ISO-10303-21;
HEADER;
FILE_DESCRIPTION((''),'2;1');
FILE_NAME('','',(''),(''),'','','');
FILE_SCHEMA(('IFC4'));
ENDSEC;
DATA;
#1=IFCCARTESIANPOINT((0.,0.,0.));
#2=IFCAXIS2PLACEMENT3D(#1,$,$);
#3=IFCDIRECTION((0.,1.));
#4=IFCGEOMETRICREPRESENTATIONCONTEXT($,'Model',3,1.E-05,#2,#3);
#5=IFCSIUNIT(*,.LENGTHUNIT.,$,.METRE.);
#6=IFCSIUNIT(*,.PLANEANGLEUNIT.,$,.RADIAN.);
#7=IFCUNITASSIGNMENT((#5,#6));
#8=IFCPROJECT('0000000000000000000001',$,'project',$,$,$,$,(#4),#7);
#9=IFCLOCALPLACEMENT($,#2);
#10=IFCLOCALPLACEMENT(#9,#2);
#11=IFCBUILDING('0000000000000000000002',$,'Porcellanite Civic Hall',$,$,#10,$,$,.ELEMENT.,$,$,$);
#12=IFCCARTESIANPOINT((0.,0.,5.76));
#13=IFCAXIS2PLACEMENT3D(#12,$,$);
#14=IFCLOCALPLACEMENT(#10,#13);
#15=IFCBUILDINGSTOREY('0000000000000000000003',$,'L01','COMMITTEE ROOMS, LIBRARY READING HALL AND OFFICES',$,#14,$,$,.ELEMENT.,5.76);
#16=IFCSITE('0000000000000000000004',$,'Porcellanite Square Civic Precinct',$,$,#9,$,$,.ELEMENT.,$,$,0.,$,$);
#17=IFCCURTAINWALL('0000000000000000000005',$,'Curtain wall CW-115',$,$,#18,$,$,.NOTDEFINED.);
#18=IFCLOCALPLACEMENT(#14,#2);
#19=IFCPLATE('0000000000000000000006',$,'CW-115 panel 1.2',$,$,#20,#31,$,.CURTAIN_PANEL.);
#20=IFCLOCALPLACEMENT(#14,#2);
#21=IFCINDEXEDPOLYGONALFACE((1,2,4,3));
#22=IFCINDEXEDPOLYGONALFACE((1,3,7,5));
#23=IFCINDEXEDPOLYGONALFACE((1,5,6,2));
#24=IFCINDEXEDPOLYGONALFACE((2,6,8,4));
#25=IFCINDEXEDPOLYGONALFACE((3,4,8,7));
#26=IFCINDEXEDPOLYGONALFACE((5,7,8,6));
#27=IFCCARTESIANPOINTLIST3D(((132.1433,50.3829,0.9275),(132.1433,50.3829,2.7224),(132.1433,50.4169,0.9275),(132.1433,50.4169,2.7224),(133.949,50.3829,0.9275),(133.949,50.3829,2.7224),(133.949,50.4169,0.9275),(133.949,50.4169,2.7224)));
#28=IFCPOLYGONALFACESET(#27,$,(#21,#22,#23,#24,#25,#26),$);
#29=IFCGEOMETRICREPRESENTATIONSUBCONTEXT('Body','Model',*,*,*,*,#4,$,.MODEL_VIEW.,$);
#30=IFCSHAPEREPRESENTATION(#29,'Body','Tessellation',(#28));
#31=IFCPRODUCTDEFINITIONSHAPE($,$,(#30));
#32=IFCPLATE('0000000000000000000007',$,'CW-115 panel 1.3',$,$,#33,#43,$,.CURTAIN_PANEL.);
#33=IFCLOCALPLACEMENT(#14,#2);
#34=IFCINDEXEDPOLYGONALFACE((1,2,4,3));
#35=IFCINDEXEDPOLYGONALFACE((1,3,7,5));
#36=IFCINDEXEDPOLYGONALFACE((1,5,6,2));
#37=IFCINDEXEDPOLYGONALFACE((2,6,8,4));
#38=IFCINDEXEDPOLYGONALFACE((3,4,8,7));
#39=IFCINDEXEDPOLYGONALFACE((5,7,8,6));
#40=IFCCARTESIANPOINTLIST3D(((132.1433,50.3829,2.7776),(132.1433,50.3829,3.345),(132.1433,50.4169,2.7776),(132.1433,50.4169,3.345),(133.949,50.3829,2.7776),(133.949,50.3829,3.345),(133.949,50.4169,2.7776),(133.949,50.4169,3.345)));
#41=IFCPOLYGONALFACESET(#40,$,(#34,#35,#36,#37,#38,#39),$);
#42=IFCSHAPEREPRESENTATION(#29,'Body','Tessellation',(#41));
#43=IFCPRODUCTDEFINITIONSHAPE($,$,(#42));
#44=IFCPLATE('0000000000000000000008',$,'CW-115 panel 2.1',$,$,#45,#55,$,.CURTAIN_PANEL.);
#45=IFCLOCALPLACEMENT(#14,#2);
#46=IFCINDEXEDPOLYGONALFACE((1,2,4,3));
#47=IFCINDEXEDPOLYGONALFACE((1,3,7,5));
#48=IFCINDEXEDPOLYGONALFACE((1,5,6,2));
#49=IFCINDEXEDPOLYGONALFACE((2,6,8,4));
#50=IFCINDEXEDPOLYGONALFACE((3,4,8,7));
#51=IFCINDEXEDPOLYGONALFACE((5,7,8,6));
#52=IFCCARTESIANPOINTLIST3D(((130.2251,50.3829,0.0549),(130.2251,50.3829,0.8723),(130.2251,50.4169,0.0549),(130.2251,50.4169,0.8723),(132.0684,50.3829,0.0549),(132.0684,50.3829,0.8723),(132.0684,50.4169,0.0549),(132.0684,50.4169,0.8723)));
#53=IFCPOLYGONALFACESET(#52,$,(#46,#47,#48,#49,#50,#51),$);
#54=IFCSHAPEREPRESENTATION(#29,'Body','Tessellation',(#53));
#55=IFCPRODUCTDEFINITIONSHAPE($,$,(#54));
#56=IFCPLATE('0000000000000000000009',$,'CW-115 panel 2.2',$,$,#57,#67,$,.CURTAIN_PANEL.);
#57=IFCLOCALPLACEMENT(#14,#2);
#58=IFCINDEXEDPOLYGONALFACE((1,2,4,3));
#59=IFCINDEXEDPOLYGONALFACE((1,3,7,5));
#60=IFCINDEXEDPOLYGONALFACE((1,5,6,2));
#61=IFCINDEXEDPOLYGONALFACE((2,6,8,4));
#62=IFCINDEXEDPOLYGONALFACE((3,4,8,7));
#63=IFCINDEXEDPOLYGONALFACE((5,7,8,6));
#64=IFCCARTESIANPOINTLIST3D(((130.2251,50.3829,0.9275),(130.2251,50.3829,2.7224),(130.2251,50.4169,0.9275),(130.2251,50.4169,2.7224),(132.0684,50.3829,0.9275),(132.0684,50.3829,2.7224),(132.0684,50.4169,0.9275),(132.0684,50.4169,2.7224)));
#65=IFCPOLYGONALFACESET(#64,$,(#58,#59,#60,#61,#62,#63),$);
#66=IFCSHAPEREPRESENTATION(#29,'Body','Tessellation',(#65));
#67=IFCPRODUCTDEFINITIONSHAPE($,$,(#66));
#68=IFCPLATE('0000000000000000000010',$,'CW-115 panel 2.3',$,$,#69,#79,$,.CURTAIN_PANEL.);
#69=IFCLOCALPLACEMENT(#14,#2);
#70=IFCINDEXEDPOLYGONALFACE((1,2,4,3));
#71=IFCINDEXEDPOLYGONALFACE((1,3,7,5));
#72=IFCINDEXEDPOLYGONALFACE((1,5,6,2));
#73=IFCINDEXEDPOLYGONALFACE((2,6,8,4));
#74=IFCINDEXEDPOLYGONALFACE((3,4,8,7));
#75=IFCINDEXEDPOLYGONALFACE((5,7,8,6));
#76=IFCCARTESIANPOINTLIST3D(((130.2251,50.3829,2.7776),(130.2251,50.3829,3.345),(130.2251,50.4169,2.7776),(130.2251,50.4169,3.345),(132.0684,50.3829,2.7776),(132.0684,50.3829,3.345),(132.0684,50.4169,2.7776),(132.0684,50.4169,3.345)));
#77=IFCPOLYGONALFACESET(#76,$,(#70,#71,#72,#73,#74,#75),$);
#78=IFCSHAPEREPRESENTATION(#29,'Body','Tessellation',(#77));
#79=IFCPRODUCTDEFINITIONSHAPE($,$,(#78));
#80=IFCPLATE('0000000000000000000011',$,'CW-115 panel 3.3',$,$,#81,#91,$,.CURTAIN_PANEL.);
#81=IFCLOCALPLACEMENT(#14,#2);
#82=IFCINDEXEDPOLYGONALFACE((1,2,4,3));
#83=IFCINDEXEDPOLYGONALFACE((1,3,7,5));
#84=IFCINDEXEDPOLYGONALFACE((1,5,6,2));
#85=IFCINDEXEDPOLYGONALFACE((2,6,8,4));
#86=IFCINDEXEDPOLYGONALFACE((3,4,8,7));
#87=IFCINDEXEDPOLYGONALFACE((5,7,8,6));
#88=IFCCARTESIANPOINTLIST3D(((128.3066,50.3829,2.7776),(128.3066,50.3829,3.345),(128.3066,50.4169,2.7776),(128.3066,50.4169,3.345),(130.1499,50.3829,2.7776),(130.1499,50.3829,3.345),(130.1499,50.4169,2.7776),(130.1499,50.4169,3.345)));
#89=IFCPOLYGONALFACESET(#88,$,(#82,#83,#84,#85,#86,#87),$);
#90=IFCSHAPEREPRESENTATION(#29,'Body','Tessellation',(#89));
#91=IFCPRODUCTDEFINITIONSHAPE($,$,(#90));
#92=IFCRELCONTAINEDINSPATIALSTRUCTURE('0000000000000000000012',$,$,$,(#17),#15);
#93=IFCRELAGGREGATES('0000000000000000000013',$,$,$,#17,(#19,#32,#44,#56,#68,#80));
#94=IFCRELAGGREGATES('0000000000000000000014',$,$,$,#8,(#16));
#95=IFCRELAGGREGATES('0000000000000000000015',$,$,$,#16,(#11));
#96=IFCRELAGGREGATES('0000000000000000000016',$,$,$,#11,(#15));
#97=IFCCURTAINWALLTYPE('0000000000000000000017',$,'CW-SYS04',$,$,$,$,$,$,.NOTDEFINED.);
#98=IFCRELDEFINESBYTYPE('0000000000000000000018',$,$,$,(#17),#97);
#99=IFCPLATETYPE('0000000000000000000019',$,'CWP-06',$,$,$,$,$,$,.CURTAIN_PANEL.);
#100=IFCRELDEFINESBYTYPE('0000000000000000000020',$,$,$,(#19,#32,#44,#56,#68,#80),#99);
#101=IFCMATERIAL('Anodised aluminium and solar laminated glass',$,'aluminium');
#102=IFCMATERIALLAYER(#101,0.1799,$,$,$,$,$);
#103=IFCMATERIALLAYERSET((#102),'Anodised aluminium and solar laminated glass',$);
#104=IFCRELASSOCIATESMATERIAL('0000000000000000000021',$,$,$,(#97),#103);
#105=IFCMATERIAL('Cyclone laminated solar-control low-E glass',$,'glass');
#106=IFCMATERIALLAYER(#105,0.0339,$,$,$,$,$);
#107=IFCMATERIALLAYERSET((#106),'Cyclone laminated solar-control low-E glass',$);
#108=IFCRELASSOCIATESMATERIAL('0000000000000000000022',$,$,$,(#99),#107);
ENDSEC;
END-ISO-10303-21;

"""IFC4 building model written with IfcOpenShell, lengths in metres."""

from ifc_helpers import new_model, si_unit, direction, frame, origin, origin_2d, place, context, subcontext, project, spatial, rectangle, extrude, material, layer, layer_set, type_object, element, aggregate, save


model = new_model("IFC4")

# Units and contexts
model_context = context("Model", 3, precision=1e-05, world=origin(), true_north=direction((0.0, 1.0)))
body_context = subcontext(model_context, "Body", "Model", "MODEL_VIEW")
ifc_project = project(units=[si_unit("LENGTHUNIT", "METRE"), si_unit("PLANEANGLEUNIT", "RADIAN")], contexts=[model_context])

# Site, building, storey
site_placement = place(None, origin())
site = spatial("IfcSite", under=ifc_project, at=site_placement, Name="Porcellanite Square Civic Precinct", CompositionType="ELEMENT", RefElevation=0.0)
building_placement = place(site_placement, origin())
building = spatial("IfcBuilding", under=site, at=building_placement, Name="Porcellanite Civic Hall", CompositionType="ELEMENT")
storey_placement = place(building_placement, frame((0.0, 0.0, 5.76)))
storey = spatial("IfcBuildingStorey", under=building, at=storey_placement, Name="L01", Description="COMMITTEE ROOMS, LIBRARY READING HALL AND OFFICES", CompositionType="ELEMENT", Elevation=5.76)

# Curtain wall
ifc_material_1 = material(Name="Anodised aluminium and solar laminated glass", Category="aluminium")
ifc_layer_1 = layer(ifc_material_1, 0.1799)
ifc_layer_set_1 = layer_set([ifc_layer_1], Name="Anodised aluminium and solar laminated glass")
curtain_wall_type_1 = type_object("IfcCurtainWallType", Name="CW-SYS04", PredefinedType="NOTDEFINED", material=ifc_layer_set_1)
curtain_wall_1_placement = place(storey_placement, origin())
curtain_wall_1 = element("IfcCurtainWall", 1, at=curtain_wall_1_placement, inside=storey, type_object=curtain_wall_type_1, Name="Curtain wall CW-115", PredefinedType="NOTDEFINED")

# Plates
ifc_material_2 = material(Name="Cyclone laminated solar-control low-E glass", Category="glass")
ifc_layer_2 = layer(ifc_material_2, 0.0339)
ifc_layer_set_2 = layer_set([ifc_layer_2], Name="Cyclone laminated solar-control low-E glass")
plate_type_1 = type_object("IfcPlateType", Name="CWP-06", PredefinedType="CURTAIN_PANEL", material=ifc_layer_set_2)
plate_1_placement = place(storey_placement, frame((133.0461, 50.3999, 0.9275), z_axis=(0.0, 0.0, 1.0), x_axis=(-1.0, 0.0, 0.0)))
plate_1 = element("IfcPlate", 2, at=plate_1_placement, type_object=plate_type_1, Name="CW-115 panel 1.2", PredefinedType="CURTAIN_PANEL", context=body_context, shape_type="SweptSolid", body=[
    extrude(rectangle(XDim=1.8057, YDim=0.0339, at=origin_2d()), origin(), (0.0, 0.0, 1.0), 1.7949),
])
plate_2_placement = place(storey_placement, frame((133.0461, 50.3999, 2.7776), z_axis=(0.0, 0.0, 1.0), x_axis=(-1.0, 0.0, 0.0)))
plate_2 = element("IfcPlate", 3, at=plate_2_placement, type_object=plate_type_1, Name="CW-115 panel 1.3", PredefinedType="CURTAIN_PANEL", context=body_context, shape_type="SweptSolid", body=[
    extrude(rectangle(XDim=1.8057, YDim=0.0339, at=origin_2d()), origin(), (0.0, 0.0, 1.0), 0.5674),
])
plate_3_placement = place(storey_placement, frame((131.1467, 50.3999, 0.0549), z_axis=(0.0, 0.0, 1.0), x_axis=(-1.0, 0.0, 0.0)))
plate_3 = element("IfcPlate", 4, at=plate_3_placement, type_object=plate_type_1, Name="CW-115 panel 2.1", PredefinedType="CURTAIN_PANEL", context=body_context, shape_type="SweptSolid", body=[
    extrude(rectangle(XDim=1.8433, YDim=0.0339, at=origin_2d()), origin(), (0.0, 0.0, 1.0), 0.8174),
])
plate_4_placement = place(storey_placement, frame((131.1467, 50.3999, 0.9275), z_axis=(0.0, 0.0, 1.0), x_axis=(-1.0, 0.0, 0.0)))
plate_4 = element("IfcPlate", 5, at=plate_4_placement, type_object=plate_type_1, Name="CW-115 panel 2.2", PredefinedType="CURTAIN_PANEL", context=body_context, shape_type="SweptSolid", body=[
    extrude(rectangle(XDim=1.8433, YDim=0.0339, at=origin_2d()), origin(), (0.0, 0.0, 1.0), 1.7949),
])
plate_5_placement = place(storey_placement, frame((131.1467, 50.3999, 2.7776), z_axis=(0.0, 0.0, 1.0), x_axis=(-1.0, 0.0, 0.0)))
plate_5 = element("IfcPlate", 6, at=plate_5_placement, type_object=plate_type_1, Name="CW-115 panel 2.3", PredefinedType="CURTAIN_PANEL", context=body_context, shape_type="SweptSolid", body=[
    extrude(rectangle(XDim=1.8433, YDim=0.0339, at=origin_2d()), origin(), (0.0, 0.0, 1.0), 0.5674),
])
plate_6_placement = place(storey_placement, frame((129.2283, 50.3999, 2.7776), z_axis=(0.0, 0.0, 1.0), x_axis=(-1.0, 0.0, 0.0)))
plate_6 = element("IfcPlate", 7, at=plate_6_placement, type_object=plate_type_1, Name="CW-115 panel 3.3", PredefinedType="CURTAIN_PANEL", context=body_context, shape_type="SweptSolid", body=[
    extrude(rectangle(XDim=1.8433, YDim=0.0339, at=origin_2d()), origin(), (0.0, 0.0, 1.0), 0.5674),
])
aggregate(curtain_wall_1, [plate_1, plate_2, plate_3, plate_4, plate_5, plate_6])

save(model, "model.ifc")
